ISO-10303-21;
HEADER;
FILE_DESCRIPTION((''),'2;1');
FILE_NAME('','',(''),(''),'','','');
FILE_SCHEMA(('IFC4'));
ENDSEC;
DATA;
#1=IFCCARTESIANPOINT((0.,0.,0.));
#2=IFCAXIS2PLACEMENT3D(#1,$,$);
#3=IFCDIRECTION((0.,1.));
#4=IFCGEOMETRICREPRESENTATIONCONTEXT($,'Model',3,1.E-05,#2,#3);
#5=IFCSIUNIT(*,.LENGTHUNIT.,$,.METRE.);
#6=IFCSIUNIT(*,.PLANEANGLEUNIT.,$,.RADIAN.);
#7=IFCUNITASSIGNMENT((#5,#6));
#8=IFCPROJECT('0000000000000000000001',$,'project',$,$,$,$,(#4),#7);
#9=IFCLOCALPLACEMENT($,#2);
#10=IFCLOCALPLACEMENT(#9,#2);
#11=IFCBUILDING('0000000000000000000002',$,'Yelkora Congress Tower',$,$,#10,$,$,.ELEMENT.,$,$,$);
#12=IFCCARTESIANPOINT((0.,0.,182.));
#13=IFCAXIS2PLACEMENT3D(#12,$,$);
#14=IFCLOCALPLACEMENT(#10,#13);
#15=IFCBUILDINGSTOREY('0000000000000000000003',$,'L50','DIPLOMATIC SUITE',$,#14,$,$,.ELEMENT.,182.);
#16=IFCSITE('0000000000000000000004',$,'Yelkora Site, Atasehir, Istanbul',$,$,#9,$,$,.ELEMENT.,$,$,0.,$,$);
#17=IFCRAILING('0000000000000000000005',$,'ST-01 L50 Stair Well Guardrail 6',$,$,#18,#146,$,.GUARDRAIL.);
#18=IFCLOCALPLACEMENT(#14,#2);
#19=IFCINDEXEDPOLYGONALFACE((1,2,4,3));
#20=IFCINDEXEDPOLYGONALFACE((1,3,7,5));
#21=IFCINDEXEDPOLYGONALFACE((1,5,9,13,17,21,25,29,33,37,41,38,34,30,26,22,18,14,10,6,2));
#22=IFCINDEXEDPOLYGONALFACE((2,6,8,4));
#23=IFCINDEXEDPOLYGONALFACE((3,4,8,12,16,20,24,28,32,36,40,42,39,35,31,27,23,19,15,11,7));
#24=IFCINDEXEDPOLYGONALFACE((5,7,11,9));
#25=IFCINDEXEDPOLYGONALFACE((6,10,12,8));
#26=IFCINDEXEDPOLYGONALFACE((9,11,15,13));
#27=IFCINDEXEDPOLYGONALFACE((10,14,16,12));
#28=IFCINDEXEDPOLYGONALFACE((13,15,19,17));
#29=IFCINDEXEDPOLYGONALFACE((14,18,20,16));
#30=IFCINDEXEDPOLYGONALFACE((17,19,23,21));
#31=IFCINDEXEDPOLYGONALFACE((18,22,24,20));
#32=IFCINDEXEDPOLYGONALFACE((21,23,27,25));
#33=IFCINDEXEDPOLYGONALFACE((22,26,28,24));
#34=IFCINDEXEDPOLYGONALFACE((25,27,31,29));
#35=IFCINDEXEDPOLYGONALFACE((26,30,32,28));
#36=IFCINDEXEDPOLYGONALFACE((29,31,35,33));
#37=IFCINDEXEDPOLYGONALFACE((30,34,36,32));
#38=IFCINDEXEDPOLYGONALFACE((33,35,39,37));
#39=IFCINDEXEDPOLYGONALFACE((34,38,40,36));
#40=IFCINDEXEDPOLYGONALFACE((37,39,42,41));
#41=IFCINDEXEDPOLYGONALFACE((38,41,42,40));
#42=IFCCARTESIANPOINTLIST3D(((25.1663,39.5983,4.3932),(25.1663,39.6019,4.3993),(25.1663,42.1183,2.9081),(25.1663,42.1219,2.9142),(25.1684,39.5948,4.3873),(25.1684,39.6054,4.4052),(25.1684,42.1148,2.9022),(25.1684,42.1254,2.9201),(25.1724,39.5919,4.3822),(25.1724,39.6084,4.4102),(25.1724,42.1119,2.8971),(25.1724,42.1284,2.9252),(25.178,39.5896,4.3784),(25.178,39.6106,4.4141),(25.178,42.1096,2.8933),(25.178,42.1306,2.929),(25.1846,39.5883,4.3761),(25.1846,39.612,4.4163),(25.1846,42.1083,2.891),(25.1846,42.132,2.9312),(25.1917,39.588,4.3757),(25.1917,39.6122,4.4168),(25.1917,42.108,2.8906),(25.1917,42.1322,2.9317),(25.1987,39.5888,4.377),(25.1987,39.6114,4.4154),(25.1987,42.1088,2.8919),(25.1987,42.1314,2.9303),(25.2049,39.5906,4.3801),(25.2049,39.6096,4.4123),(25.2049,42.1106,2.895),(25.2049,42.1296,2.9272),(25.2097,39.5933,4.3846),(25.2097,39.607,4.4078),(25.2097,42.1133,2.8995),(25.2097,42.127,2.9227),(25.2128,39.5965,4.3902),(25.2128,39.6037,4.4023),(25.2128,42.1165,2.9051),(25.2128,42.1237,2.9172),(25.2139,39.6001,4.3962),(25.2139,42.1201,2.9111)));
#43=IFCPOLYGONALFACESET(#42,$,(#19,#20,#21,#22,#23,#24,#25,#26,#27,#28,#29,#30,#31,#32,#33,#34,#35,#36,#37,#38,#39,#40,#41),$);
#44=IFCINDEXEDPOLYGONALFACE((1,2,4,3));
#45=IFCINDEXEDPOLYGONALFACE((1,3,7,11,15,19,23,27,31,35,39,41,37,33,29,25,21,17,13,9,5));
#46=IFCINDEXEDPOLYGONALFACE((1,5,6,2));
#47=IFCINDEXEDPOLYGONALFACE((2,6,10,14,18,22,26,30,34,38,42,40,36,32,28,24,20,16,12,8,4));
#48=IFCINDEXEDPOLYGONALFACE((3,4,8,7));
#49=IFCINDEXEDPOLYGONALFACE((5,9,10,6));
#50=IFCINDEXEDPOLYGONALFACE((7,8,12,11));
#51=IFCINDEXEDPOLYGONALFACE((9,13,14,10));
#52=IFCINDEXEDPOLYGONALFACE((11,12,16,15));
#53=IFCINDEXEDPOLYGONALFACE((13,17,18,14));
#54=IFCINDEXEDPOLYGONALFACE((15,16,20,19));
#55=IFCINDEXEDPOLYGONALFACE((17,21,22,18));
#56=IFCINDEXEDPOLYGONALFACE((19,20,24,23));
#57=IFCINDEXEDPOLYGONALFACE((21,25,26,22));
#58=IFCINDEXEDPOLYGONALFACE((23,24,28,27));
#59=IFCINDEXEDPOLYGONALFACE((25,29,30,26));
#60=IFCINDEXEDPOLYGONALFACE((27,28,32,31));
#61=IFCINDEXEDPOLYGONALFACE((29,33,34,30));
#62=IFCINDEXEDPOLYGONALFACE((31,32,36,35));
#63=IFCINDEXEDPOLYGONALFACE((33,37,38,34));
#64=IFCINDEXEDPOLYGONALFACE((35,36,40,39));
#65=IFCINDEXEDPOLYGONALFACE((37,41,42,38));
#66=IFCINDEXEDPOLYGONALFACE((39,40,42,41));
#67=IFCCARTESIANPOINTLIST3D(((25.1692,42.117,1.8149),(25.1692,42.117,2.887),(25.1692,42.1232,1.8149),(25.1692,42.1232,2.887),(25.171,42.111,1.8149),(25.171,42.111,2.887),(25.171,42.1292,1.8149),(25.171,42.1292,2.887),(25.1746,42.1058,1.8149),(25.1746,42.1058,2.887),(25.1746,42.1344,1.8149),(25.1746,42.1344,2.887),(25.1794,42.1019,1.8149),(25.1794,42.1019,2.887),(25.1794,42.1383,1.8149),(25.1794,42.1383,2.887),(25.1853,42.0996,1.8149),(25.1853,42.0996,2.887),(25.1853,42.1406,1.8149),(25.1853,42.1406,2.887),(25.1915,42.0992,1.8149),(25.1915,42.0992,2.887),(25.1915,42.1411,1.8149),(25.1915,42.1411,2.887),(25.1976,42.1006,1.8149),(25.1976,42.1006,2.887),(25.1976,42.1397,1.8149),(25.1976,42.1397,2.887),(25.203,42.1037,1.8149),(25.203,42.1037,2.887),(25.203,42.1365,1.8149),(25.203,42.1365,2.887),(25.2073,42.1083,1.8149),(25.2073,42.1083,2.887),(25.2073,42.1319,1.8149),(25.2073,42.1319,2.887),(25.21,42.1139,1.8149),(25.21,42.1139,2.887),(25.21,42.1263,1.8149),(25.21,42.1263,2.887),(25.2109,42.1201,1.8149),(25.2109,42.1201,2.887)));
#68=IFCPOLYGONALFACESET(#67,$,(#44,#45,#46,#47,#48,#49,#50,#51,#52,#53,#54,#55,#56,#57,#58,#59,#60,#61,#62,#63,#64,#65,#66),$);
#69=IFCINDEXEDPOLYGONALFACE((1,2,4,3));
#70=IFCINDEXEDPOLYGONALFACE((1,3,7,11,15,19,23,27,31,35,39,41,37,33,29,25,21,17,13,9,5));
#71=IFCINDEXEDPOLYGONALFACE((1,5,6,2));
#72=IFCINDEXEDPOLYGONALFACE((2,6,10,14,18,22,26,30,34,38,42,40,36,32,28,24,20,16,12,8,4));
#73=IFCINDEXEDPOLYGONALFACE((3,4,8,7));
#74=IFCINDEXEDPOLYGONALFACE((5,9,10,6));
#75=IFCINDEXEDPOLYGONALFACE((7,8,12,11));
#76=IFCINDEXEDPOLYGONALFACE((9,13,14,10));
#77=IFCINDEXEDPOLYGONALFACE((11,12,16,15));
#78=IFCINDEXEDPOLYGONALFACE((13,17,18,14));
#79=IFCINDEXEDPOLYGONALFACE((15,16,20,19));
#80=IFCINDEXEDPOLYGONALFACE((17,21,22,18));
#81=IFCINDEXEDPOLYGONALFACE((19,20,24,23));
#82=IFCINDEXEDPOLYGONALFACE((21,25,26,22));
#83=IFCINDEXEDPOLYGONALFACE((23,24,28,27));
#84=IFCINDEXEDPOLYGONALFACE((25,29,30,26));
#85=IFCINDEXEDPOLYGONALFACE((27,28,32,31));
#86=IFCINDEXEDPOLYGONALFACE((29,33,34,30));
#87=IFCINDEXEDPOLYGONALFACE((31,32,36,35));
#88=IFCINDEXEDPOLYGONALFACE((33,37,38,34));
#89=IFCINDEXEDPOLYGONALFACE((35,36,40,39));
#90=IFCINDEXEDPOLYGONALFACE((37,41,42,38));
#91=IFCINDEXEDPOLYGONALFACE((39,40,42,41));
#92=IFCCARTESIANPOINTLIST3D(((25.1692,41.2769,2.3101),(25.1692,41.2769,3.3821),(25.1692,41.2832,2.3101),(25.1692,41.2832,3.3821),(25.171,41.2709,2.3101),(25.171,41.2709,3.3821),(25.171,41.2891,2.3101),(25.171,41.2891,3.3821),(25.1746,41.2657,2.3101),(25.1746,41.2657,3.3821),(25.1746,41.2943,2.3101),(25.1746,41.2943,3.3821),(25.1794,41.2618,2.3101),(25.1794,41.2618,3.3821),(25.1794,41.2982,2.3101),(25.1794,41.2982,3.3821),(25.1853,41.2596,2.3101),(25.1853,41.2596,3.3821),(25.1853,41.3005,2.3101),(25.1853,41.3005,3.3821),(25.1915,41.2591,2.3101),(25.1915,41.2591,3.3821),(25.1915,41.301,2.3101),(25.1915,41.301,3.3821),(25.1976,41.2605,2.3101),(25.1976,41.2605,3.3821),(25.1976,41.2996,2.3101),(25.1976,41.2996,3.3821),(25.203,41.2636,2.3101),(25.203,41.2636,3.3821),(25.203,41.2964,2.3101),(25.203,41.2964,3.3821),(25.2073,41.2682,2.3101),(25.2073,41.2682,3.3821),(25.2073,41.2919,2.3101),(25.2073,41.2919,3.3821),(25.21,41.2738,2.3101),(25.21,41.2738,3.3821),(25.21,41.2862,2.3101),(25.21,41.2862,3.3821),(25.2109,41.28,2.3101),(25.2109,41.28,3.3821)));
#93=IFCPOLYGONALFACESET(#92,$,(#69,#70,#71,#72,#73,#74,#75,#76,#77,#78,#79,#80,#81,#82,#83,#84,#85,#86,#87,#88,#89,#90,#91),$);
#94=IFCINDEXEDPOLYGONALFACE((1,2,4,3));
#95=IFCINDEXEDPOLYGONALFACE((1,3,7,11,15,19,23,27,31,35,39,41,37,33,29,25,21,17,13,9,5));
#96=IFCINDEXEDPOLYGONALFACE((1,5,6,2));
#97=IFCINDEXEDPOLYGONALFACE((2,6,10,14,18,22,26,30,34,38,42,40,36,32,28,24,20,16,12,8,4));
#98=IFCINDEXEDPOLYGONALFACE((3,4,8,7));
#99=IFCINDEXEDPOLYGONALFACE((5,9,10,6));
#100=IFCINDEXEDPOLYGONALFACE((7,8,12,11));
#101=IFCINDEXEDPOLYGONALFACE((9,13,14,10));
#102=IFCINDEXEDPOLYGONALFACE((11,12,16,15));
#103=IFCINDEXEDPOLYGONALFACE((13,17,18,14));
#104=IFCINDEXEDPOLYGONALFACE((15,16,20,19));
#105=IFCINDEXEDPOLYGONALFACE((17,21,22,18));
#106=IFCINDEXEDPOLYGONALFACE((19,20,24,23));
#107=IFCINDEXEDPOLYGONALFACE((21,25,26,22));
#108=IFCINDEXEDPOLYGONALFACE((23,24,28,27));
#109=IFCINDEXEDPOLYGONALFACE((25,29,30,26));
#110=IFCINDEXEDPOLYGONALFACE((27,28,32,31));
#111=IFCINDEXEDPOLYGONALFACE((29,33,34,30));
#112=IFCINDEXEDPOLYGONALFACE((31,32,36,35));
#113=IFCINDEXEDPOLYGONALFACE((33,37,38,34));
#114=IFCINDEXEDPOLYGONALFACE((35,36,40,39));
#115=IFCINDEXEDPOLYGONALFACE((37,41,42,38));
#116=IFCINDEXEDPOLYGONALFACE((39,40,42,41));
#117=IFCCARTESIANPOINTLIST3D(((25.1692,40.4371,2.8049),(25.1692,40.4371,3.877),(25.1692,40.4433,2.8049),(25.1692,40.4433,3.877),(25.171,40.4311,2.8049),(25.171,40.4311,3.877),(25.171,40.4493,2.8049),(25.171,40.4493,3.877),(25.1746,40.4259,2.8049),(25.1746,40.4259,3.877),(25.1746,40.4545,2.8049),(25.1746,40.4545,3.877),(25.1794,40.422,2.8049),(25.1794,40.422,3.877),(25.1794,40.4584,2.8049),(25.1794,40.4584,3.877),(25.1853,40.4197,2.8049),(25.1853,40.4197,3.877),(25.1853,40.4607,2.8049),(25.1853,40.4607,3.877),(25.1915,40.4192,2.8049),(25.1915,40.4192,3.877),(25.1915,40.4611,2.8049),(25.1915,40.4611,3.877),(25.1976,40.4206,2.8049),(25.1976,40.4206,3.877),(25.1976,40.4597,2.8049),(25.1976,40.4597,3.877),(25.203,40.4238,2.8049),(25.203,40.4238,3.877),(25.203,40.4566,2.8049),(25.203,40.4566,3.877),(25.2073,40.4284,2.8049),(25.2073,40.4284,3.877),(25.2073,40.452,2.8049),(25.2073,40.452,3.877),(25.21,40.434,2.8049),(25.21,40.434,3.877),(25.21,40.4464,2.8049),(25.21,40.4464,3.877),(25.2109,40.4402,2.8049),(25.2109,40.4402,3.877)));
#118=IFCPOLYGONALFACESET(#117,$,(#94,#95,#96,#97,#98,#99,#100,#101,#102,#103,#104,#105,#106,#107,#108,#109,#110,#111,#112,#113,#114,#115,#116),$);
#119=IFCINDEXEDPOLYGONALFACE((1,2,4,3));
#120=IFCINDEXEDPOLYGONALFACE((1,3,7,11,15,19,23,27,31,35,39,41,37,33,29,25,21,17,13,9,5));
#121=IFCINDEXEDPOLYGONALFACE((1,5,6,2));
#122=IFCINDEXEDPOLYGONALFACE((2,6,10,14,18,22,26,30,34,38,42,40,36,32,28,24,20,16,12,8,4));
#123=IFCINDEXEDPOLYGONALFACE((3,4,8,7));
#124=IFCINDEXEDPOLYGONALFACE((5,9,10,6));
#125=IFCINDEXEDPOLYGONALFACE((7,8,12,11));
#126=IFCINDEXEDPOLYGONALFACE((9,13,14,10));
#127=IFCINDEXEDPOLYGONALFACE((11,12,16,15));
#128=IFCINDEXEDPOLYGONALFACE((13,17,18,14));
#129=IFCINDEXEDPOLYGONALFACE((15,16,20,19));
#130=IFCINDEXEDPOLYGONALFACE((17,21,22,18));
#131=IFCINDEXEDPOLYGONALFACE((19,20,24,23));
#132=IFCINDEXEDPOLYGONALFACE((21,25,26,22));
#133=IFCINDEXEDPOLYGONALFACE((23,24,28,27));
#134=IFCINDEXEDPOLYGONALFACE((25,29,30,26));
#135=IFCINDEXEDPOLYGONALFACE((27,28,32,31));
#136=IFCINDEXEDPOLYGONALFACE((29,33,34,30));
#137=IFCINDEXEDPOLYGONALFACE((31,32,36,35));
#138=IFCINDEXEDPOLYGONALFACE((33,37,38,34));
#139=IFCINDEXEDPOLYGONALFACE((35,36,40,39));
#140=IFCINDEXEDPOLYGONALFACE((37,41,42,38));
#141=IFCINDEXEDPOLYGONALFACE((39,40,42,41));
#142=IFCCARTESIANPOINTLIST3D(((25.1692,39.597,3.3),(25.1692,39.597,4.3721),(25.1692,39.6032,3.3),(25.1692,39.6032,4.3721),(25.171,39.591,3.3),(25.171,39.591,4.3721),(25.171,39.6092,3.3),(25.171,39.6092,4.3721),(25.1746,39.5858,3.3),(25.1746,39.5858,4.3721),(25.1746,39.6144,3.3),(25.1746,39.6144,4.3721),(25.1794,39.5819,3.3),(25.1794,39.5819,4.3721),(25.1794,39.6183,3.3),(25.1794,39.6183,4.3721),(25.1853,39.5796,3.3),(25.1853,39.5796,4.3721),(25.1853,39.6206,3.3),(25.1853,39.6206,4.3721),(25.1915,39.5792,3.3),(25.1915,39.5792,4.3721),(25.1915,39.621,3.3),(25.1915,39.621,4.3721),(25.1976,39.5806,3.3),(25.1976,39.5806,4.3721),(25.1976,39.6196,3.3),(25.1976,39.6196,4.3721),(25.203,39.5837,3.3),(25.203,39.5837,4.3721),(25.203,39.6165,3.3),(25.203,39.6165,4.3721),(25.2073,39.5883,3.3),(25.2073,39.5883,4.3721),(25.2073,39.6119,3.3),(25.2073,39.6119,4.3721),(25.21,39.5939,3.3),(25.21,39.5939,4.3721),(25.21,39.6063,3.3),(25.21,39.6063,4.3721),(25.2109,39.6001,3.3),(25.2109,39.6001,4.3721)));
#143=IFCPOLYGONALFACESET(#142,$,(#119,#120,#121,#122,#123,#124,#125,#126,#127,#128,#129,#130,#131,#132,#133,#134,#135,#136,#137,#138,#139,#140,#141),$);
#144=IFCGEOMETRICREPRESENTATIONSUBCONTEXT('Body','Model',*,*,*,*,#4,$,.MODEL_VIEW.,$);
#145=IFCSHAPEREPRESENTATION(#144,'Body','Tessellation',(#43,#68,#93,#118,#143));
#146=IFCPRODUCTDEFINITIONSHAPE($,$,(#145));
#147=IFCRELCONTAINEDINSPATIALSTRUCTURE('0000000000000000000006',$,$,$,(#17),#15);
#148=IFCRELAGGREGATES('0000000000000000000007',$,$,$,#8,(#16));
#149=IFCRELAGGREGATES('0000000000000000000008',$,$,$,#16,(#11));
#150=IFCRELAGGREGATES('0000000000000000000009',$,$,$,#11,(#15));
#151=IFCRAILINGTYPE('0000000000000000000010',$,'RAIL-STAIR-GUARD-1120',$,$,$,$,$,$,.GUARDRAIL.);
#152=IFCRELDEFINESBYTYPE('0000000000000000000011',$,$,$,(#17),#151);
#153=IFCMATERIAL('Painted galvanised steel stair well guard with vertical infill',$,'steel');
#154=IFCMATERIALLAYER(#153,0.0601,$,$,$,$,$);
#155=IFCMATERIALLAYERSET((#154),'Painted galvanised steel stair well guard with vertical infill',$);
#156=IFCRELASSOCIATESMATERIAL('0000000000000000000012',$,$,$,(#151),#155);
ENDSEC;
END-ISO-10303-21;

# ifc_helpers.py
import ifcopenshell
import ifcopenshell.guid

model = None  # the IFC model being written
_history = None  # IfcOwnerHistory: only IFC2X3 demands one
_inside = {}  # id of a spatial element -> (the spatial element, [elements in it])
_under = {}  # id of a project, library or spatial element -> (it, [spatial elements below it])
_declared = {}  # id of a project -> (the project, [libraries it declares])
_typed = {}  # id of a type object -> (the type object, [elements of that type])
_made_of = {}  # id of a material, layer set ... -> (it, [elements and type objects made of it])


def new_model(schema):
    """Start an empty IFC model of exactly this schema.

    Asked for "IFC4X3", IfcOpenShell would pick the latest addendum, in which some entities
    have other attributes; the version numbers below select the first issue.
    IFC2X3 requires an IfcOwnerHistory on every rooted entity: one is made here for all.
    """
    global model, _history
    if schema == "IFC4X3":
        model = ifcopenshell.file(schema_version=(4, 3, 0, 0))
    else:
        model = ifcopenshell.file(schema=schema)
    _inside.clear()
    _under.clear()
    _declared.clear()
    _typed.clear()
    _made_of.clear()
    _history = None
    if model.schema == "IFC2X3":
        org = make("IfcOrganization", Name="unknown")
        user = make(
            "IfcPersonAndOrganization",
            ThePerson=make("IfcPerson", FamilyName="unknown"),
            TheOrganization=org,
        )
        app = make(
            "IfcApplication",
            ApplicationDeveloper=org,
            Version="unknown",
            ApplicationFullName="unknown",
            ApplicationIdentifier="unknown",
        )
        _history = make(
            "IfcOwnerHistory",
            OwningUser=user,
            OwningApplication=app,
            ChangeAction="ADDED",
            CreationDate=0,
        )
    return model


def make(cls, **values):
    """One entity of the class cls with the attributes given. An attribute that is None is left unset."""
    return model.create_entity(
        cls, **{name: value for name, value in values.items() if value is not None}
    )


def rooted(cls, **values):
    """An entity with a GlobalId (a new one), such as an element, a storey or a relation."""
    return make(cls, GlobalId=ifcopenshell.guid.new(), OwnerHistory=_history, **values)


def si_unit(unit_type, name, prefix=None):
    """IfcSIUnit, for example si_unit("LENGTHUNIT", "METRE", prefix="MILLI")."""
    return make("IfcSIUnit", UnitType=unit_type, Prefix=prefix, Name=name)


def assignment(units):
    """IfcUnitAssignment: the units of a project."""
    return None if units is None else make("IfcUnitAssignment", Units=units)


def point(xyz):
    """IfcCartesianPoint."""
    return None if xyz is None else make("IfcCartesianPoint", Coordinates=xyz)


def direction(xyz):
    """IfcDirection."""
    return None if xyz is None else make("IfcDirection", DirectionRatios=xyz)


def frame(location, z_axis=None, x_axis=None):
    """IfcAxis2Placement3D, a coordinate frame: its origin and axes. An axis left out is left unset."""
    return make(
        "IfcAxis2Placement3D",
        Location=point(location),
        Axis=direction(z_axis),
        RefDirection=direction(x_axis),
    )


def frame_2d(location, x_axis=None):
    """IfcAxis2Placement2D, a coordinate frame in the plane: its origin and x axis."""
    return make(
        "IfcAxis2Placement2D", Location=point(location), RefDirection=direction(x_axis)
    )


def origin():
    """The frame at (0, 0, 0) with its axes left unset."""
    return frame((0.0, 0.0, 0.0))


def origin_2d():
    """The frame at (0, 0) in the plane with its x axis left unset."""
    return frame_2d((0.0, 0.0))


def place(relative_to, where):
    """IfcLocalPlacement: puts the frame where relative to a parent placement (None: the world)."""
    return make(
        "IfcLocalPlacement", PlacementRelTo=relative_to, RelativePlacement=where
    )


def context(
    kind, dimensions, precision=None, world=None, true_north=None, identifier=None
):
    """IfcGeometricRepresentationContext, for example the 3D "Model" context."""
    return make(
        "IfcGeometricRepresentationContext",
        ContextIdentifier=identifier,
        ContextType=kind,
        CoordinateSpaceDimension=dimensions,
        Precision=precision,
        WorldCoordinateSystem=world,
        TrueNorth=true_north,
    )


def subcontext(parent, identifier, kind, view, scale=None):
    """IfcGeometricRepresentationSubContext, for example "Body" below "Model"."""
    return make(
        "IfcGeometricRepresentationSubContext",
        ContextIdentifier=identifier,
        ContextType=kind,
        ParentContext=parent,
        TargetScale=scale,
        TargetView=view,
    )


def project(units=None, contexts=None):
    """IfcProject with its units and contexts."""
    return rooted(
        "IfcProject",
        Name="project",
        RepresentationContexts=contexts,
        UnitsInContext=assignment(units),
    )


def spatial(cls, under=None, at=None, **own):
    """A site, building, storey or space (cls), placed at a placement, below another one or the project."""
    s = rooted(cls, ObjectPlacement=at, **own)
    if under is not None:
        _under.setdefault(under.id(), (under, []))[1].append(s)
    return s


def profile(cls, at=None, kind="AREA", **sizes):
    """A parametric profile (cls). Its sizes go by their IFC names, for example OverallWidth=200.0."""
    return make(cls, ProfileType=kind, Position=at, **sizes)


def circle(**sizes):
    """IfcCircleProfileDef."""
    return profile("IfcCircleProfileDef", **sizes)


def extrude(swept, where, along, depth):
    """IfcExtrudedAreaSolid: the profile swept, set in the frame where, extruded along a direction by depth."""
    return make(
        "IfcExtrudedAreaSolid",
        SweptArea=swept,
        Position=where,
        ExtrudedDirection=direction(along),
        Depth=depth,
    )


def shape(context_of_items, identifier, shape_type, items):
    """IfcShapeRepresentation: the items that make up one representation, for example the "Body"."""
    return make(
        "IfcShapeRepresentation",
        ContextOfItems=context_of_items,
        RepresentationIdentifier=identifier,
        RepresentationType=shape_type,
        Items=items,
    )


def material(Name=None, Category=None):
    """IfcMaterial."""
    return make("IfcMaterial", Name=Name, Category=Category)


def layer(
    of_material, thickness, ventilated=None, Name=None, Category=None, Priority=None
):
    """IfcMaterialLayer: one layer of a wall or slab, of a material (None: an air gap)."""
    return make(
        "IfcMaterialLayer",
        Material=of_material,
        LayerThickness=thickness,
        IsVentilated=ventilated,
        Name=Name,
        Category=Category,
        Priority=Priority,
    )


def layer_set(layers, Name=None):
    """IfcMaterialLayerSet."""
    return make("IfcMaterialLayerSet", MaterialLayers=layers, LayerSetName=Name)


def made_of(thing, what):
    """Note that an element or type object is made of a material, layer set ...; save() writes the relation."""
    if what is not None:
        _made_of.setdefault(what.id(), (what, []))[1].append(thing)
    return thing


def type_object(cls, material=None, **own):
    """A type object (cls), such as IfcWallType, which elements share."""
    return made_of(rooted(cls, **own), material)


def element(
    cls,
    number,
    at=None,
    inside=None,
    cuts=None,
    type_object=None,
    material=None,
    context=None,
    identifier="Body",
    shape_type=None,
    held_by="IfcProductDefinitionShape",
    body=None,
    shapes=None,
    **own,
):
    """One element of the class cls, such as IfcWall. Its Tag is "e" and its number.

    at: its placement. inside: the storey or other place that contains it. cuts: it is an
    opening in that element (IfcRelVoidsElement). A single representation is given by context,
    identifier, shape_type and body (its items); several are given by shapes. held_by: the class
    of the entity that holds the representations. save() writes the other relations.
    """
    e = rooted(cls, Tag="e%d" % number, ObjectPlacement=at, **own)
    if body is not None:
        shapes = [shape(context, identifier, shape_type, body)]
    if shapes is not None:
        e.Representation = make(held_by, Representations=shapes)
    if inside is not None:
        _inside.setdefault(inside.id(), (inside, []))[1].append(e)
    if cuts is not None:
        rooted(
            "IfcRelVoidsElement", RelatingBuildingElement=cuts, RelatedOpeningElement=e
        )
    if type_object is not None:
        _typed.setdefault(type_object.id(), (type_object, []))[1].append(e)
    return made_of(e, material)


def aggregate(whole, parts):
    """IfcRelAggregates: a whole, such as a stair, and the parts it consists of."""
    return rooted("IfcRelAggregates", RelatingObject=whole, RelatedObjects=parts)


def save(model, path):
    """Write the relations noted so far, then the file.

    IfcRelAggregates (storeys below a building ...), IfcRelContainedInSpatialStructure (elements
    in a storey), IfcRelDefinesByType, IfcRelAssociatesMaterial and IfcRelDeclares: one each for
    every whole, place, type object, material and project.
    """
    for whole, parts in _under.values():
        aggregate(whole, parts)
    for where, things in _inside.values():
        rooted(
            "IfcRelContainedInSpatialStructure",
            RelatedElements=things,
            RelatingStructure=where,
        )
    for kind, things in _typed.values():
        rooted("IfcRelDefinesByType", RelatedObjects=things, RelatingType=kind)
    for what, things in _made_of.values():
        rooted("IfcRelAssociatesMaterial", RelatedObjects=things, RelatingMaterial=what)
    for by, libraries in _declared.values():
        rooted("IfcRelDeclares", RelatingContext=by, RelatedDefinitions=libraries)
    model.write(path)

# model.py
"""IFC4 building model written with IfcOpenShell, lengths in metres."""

from ifc_helpers import new_model, si_unit, direction, frame, origin, origin_2d, place, context, subcontext, project, spatial, circle, extrude, material, layer, layer_set, type_object, element, save


model = new_model("IFC4")

# Units and contexts
model_context = context("Model", 3, precision=1e-05, world=origin(), true_north=direction((0.0, 1.0)))
body_context = subcontext(model_context, "Body", "Model", "MODEL_VIEW")
ifc_project = project(units=[si_unit("LENGTHUNIT", "METRE"), si_unit("PLANEANGLEUNIT", "RADIAN")], contexts=[model_context])

# Site, building, storey
site_placement = place(None, origin())
site = spatial("IfcSite", under=ifc_project, at=site_placement, Name="Yelkora Site, Atasehir, Istanbul", CompositionType="ELEMENT", RefElevation=0.0)
building_placement = place(site_placement, origin())
building = spatial("IfcBuilding", under=site, at=building_placement, Name="Yelkora Congress Tower", CompositionType="ELEMENT")
storey_placement = place(building_placement, frame((0.0, 0.0, 182.0)))
storey = spatial("IfcBuildingStorey", under=building, at=storey_placement, Name="L50", Description="DIPLOMATIC SUITE", CompositionType="ELEMENT", Elevation=182.0)

# Railing
ifc_material_1 = material(Name="Painted galvanised steel stair well guard with vertical infill", Category="steel")
ifc_layer_1 = layer(ifc_material_1, 0.0601)
ifc_layer_set_1 = layer_set([ifc_layer_1], Name="Painted galvanised steel stair well guard with vertical infill")
railing_type_1 = type_object("IfcRailingType", Name="RAIL-STAIR-GUARD-1120", PredefinedType="GUARDRAIL", material=ifc_layer_set_1)
railing_1_placement = place(storey_placement, frame((25.1899, 42.1201, 1.8149)))
element("IfcRailing", 1, at=railing_1_placement, inside=storey, type_object=railing_type_1, Name="ST-01 L50 Stair Well Guardrail 6", PredefinedType="GUARDRAIL", context=body_context, shape_type="SweptSolid", body=[
    extrude(circle(Radius=0.0239, at=origin_2d()), frame((0.0, 0.0, 1.0962), z_axis=(0.0, -0.861524, 0.507717), x_axis=(1.0, 0.0, 0.0)), (0.0, 0.0, 1.0), 2.925),
    extrude(circle(Radius=0.021, at=origin_2d()), origin(), (0.0, 0.0, 1.0), 1.072),
    extrude(circle(Radius=0.021, at=origin_2d()), frame((0.0, -0.8401, 0.4951)), (0.0, 0.0, 1.0), 1.072),
    extrude(circle(Radius=0.021, at=origin_2d()), frame((0.0, -1.6799, 0.99)), (0.0, 0.0, 1.0), 1.072),
    extrude(circle(Radius=0.021, at=origin_2d()), frame((0.0, -2.52, 1.4851)), (0.0, 0.0, 1.0), 1.072),
])

save(model, "model.ifc")
